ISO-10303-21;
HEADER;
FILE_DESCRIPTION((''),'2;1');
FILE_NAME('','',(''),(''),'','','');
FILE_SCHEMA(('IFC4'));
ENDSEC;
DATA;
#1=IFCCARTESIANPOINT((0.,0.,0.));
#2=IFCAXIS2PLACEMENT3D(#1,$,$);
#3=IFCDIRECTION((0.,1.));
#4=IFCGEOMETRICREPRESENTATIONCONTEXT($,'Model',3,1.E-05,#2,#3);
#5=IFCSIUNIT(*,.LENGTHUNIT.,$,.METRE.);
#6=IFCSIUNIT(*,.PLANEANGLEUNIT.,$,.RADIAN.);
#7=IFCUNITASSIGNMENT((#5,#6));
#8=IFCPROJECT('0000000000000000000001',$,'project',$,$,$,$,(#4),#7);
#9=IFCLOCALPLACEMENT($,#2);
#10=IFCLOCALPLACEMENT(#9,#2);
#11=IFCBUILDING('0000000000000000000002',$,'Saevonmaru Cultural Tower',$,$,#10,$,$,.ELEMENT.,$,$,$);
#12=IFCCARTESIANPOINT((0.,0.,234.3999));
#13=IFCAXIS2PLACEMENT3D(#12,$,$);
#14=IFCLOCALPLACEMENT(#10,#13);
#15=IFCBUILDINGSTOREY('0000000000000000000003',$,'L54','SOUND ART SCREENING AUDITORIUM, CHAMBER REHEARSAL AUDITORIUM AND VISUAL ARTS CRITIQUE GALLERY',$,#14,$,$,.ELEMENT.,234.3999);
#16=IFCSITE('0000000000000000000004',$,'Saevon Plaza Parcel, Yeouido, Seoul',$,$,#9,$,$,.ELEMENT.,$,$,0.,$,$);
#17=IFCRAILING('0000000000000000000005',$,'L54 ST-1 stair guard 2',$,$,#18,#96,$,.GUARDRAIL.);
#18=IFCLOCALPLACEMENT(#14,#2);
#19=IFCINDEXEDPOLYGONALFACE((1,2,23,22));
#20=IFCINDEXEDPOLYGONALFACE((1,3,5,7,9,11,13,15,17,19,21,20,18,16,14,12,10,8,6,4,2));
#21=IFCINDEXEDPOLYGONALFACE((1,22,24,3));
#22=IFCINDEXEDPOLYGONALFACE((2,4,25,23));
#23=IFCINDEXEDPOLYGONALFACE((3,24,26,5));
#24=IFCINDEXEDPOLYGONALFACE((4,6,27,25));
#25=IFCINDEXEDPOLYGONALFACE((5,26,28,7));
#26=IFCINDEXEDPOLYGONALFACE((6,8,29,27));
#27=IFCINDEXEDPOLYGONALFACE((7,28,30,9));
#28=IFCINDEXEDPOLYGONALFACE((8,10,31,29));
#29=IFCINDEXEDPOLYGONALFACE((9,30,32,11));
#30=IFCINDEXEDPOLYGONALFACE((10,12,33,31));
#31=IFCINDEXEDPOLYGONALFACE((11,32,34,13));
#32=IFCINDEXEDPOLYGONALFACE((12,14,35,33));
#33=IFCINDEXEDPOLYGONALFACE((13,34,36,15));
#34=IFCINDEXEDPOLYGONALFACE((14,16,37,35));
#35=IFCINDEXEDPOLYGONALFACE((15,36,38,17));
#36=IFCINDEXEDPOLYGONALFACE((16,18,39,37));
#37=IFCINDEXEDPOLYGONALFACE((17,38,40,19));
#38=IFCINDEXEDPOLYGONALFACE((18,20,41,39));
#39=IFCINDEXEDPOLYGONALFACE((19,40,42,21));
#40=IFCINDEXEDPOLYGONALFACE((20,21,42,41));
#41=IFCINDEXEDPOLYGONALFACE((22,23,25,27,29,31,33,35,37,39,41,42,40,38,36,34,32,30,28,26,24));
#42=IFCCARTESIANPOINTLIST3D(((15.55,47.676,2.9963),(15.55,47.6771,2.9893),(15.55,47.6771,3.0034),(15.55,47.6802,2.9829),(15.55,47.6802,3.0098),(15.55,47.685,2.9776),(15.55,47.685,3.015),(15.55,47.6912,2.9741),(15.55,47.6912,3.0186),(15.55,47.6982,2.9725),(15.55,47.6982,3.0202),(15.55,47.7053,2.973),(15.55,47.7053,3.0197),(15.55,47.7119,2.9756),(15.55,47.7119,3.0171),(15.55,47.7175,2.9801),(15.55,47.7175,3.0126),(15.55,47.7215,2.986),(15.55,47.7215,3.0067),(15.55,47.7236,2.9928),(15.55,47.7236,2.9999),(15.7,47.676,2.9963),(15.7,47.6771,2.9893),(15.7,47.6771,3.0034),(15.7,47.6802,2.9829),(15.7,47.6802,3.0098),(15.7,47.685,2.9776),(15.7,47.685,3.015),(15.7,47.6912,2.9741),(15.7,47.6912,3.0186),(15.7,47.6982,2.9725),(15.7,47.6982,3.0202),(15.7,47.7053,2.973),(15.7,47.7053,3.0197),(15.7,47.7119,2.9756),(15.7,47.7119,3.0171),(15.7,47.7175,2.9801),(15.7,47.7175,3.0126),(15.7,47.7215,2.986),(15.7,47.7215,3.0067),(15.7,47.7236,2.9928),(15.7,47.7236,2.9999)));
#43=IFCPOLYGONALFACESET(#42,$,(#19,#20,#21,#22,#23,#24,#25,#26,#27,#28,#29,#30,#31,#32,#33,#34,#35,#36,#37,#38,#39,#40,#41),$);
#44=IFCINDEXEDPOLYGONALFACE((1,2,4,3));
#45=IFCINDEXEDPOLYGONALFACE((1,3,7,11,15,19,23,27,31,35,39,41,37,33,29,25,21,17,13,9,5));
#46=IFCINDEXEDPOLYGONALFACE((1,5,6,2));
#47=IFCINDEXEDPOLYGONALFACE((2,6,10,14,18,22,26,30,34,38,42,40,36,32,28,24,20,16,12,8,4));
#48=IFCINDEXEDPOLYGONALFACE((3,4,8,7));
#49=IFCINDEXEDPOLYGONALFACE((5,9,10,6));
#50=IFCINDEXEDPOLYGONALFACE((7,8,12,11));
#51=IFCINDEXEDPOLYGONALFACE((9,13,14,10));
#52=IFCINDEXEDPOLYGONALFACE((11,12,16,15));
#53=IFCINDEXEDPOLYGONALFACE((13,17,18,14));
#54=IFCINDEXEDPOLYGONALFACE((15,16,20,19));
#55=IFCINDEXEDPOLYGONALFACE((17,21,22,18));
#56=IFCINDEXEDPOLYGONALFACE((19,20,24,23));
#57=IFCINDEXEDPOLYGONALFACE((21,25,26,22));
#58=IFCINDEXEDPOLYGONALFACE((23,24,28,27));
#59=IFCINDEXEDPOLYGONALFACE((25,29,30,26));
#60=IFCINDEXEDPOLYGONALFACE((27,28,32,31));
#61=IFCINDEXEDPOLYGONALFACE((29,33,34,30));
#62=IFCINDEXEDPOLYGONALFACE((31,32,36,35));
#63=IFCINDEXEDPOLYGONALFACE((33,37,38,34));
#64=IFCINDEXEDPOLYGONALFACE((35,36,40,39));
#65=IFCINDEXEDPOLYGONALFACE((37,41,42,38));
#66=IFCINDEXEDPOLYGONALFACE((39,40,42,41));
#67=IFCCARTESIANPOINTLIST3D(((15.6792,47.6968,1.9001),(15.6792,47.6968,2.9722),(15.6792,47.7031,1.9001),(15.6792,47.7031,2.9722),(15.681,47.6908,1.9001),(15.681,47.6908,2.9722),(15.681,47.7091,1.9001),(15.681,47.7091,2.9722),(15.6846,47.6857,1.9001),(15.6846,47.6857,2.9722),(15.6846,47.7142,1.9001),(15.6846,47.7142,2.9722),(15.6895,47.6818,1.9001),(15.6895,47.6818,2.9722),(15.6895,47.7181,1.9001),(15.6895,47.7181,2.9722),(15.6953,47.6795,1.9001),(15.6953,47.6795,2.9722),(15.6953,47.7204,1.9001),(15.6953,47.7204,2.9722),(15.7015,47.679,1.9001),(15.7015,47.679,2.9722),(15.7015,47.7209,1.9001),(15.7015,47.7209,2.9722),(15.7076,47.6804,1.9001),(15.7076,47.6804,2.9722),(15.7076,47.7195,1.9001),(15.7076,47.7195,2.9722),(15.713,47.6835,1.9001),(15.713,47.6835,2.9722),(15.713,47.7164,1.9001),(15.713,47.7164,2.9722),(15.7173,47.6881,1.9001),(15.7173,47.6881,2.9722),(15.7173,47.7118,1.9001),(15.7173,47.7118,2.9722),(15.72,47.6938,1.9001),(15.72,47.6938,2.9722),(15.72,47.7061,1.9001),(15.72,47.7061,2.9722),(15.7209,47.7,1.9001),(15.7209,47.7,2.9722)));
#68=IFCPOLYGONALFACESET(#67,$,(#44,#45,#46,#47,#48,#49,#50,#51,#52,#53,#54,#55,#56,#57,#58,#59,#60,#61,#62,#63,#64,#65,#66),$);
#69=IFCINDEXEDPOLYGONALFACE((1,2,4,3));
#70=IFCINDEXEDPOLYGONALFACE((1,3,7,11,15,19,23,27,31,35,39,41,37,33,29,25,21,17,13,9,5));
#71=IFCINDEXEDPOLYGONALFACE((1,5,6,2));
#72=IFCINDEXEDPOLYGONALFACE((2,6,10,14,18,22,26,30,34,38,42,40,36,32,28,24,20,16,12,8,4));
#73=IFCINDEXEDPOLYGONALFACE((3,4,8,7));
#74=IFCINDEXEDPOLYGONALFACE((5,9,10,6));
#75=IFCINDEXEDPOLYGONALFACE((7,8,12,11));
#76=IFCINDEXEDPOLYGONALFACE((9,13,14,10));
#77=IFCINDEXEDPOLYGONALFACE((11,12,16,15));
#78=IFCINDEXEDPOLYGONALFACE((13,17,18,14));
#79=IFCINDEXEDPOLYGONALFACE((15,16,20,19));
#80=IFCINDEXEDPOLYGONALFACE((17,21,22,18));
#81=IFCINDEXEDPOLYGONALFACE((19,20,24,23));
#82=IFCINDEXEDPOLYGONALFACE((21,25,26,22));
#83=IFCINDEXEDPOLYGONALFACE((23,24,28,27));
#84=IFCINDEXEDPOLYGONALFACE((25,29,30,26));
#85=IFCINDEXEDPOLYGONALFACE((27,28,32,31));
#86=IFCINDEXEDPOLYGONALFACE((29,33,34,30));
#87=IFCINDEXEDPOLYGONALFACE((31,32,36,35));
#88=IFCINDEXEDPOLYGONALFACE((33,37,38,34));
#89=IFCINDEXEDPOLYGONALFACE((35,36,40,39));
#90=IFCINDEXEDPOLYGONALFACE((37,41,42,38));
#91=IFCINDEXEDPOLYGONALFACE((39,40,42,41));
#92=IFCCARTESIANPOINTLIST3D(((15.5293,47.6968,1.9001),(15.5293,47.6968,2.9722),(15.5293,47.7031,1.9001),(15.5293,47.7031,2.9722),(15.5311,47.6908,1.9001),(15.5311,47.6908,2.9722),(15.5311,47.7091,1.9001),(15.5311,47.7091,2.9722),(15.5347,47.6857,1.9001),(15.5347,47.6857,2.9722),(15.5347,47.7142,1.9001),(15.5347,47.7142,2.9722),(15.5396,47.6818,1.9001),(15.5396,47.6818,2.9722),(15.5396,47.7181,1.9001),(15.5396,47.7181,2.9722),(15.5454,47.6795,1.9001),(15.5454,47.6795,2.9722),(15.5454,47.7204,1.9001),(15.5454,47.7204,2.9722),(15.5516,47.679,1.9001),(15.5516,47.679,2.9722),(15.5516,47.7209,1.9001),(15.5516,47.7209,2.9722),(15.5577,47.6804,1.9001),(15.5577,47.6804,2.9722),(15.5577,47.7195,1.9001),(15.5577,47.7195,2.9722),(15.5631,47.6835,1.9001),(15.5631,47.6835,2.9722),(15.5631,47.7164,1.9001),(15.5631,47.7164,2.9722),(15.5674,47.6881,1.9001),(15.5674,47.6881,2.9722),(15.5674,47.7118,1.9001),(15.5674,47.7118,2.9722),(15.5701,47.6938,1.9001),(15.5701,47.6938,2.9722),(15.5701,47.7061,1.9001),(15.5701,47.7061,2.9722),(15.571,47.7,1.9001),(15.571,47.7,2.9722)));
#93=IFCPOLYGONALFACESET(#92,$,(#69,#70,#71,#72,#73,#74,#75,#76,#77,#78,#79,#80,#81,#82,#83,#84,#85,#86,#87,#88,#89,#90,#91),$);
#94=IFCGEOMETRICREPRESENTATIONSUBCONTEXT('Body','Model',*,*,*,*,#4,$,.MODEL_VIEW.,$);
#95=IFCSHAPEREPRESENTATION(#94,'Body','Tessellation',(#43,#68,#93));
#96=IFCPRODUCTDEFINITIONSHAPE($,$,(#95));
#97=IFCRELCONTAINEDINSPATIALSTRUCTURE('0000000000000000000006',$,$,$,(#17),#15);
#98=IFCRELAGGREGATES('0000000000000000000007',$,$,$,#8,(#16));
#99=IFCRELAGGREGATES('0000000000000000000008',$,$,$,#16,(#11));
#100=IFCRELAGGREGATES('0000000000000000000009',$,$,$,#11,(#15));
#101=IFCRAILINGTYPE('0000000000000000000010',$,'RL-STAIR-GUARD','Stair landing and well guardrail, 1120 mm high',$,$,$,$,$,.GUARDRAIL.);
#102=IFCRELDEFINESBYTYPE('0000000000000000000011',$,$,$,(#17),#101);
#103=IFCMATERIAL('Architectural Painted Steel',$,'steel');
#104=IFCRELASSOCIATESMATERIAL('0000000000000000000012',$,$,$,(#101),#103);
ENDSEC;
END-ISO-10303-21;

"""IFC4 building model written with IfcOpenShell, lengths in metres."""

from ifc_helpers import new_model, si_unit, direction, frame, origin, origin_2d, place, context, subcontext, project, spatial, circle, extrude, material, type_object, element, save


model = new_model("IFC4")

# Units and contexts
model_context = context("Model", 3, precision=1e-05, world=origin(), true_north=direction((0.0, 1.0)))
body_context = subcontext(model_context, "Body", "Model", "MODEL_VIEW")
ifc_project = project(units=[si_unit("LENGTHUNIT", "METRE"), si_unit("PLANEANGLEUNIT", "RADIAN")], contexts=[model_context])

# Site, building, storey
site_placement = place(None, origin())
site = spatial("IfcSite", under=ifc_project, at=site_placement, Name="Saevon Plaza Parcel, Yeouido, Seoul", CompositionType="ELEMENT", RefElevation=0.0)
building_placement = place(site_placement, origin())
building = spatial("IfcBuilding", under=site, at=building_placement, Name="Saevonmaru Cultural Tower", CompositionType="ELEMENT")
storey_placement = place(building_placement, frame((0.0, 0.0, 234.3999)))
storey = spatial("IfcBuildingStorey", under=building, at=storey_placement, Name="L54", Description="SOUND ART SCREENING AUDITORIUM, CHAMBER REHEARSAL AUDITORIUM AND VISUAL ARTS CRITIQUE GALLERY", CompositionType="ELEMENT", Elevation=234.3999)

# Railing
ifc_material_1 = material(Name="Architectural Painted Steel", Category="steel")
railing_type_1 = type_object("IfcRailingType", Name="RL-STAIR-GUARD", Description="Stair landing and well guardrail, 1120 mm high", PredefinedType="GUARDRAIL", material=ifc_material_1)
railing_1_placement = place(storey_placement, frame((15.7, 47.7, 1.9001)))
element("IfcRailing", 1, at=railing_1_placement, inside=storey, type_object=railing_type_1, Name="L54 ST-1 stair guard 2", PredefinedType="GUARDRAIL", context=body_context, shape_type="SweptSolid", body=[
    extrude(circle(Radius=0.0239, at=origin_2d()), frame((0.0, 0.0, 1.0962), z_axis=(-1.0, 0.0, 0.0), x_axis=(0.0, -1.0, 0.0)), (0.0, 0.0, 1.0), 0.1499),
    extrude(circle(Radius=0.021, at=origin_2d()), origin(), (0.0, 0.0, 1.0), 1.072),
    extrude(circle(Radius=0.021, at=origin_2d()), frame((-0.1499, 0.0, 0.0)), (0.0, 0.0, 1.0), 1.072),
])

save(model, "model.ifc")
